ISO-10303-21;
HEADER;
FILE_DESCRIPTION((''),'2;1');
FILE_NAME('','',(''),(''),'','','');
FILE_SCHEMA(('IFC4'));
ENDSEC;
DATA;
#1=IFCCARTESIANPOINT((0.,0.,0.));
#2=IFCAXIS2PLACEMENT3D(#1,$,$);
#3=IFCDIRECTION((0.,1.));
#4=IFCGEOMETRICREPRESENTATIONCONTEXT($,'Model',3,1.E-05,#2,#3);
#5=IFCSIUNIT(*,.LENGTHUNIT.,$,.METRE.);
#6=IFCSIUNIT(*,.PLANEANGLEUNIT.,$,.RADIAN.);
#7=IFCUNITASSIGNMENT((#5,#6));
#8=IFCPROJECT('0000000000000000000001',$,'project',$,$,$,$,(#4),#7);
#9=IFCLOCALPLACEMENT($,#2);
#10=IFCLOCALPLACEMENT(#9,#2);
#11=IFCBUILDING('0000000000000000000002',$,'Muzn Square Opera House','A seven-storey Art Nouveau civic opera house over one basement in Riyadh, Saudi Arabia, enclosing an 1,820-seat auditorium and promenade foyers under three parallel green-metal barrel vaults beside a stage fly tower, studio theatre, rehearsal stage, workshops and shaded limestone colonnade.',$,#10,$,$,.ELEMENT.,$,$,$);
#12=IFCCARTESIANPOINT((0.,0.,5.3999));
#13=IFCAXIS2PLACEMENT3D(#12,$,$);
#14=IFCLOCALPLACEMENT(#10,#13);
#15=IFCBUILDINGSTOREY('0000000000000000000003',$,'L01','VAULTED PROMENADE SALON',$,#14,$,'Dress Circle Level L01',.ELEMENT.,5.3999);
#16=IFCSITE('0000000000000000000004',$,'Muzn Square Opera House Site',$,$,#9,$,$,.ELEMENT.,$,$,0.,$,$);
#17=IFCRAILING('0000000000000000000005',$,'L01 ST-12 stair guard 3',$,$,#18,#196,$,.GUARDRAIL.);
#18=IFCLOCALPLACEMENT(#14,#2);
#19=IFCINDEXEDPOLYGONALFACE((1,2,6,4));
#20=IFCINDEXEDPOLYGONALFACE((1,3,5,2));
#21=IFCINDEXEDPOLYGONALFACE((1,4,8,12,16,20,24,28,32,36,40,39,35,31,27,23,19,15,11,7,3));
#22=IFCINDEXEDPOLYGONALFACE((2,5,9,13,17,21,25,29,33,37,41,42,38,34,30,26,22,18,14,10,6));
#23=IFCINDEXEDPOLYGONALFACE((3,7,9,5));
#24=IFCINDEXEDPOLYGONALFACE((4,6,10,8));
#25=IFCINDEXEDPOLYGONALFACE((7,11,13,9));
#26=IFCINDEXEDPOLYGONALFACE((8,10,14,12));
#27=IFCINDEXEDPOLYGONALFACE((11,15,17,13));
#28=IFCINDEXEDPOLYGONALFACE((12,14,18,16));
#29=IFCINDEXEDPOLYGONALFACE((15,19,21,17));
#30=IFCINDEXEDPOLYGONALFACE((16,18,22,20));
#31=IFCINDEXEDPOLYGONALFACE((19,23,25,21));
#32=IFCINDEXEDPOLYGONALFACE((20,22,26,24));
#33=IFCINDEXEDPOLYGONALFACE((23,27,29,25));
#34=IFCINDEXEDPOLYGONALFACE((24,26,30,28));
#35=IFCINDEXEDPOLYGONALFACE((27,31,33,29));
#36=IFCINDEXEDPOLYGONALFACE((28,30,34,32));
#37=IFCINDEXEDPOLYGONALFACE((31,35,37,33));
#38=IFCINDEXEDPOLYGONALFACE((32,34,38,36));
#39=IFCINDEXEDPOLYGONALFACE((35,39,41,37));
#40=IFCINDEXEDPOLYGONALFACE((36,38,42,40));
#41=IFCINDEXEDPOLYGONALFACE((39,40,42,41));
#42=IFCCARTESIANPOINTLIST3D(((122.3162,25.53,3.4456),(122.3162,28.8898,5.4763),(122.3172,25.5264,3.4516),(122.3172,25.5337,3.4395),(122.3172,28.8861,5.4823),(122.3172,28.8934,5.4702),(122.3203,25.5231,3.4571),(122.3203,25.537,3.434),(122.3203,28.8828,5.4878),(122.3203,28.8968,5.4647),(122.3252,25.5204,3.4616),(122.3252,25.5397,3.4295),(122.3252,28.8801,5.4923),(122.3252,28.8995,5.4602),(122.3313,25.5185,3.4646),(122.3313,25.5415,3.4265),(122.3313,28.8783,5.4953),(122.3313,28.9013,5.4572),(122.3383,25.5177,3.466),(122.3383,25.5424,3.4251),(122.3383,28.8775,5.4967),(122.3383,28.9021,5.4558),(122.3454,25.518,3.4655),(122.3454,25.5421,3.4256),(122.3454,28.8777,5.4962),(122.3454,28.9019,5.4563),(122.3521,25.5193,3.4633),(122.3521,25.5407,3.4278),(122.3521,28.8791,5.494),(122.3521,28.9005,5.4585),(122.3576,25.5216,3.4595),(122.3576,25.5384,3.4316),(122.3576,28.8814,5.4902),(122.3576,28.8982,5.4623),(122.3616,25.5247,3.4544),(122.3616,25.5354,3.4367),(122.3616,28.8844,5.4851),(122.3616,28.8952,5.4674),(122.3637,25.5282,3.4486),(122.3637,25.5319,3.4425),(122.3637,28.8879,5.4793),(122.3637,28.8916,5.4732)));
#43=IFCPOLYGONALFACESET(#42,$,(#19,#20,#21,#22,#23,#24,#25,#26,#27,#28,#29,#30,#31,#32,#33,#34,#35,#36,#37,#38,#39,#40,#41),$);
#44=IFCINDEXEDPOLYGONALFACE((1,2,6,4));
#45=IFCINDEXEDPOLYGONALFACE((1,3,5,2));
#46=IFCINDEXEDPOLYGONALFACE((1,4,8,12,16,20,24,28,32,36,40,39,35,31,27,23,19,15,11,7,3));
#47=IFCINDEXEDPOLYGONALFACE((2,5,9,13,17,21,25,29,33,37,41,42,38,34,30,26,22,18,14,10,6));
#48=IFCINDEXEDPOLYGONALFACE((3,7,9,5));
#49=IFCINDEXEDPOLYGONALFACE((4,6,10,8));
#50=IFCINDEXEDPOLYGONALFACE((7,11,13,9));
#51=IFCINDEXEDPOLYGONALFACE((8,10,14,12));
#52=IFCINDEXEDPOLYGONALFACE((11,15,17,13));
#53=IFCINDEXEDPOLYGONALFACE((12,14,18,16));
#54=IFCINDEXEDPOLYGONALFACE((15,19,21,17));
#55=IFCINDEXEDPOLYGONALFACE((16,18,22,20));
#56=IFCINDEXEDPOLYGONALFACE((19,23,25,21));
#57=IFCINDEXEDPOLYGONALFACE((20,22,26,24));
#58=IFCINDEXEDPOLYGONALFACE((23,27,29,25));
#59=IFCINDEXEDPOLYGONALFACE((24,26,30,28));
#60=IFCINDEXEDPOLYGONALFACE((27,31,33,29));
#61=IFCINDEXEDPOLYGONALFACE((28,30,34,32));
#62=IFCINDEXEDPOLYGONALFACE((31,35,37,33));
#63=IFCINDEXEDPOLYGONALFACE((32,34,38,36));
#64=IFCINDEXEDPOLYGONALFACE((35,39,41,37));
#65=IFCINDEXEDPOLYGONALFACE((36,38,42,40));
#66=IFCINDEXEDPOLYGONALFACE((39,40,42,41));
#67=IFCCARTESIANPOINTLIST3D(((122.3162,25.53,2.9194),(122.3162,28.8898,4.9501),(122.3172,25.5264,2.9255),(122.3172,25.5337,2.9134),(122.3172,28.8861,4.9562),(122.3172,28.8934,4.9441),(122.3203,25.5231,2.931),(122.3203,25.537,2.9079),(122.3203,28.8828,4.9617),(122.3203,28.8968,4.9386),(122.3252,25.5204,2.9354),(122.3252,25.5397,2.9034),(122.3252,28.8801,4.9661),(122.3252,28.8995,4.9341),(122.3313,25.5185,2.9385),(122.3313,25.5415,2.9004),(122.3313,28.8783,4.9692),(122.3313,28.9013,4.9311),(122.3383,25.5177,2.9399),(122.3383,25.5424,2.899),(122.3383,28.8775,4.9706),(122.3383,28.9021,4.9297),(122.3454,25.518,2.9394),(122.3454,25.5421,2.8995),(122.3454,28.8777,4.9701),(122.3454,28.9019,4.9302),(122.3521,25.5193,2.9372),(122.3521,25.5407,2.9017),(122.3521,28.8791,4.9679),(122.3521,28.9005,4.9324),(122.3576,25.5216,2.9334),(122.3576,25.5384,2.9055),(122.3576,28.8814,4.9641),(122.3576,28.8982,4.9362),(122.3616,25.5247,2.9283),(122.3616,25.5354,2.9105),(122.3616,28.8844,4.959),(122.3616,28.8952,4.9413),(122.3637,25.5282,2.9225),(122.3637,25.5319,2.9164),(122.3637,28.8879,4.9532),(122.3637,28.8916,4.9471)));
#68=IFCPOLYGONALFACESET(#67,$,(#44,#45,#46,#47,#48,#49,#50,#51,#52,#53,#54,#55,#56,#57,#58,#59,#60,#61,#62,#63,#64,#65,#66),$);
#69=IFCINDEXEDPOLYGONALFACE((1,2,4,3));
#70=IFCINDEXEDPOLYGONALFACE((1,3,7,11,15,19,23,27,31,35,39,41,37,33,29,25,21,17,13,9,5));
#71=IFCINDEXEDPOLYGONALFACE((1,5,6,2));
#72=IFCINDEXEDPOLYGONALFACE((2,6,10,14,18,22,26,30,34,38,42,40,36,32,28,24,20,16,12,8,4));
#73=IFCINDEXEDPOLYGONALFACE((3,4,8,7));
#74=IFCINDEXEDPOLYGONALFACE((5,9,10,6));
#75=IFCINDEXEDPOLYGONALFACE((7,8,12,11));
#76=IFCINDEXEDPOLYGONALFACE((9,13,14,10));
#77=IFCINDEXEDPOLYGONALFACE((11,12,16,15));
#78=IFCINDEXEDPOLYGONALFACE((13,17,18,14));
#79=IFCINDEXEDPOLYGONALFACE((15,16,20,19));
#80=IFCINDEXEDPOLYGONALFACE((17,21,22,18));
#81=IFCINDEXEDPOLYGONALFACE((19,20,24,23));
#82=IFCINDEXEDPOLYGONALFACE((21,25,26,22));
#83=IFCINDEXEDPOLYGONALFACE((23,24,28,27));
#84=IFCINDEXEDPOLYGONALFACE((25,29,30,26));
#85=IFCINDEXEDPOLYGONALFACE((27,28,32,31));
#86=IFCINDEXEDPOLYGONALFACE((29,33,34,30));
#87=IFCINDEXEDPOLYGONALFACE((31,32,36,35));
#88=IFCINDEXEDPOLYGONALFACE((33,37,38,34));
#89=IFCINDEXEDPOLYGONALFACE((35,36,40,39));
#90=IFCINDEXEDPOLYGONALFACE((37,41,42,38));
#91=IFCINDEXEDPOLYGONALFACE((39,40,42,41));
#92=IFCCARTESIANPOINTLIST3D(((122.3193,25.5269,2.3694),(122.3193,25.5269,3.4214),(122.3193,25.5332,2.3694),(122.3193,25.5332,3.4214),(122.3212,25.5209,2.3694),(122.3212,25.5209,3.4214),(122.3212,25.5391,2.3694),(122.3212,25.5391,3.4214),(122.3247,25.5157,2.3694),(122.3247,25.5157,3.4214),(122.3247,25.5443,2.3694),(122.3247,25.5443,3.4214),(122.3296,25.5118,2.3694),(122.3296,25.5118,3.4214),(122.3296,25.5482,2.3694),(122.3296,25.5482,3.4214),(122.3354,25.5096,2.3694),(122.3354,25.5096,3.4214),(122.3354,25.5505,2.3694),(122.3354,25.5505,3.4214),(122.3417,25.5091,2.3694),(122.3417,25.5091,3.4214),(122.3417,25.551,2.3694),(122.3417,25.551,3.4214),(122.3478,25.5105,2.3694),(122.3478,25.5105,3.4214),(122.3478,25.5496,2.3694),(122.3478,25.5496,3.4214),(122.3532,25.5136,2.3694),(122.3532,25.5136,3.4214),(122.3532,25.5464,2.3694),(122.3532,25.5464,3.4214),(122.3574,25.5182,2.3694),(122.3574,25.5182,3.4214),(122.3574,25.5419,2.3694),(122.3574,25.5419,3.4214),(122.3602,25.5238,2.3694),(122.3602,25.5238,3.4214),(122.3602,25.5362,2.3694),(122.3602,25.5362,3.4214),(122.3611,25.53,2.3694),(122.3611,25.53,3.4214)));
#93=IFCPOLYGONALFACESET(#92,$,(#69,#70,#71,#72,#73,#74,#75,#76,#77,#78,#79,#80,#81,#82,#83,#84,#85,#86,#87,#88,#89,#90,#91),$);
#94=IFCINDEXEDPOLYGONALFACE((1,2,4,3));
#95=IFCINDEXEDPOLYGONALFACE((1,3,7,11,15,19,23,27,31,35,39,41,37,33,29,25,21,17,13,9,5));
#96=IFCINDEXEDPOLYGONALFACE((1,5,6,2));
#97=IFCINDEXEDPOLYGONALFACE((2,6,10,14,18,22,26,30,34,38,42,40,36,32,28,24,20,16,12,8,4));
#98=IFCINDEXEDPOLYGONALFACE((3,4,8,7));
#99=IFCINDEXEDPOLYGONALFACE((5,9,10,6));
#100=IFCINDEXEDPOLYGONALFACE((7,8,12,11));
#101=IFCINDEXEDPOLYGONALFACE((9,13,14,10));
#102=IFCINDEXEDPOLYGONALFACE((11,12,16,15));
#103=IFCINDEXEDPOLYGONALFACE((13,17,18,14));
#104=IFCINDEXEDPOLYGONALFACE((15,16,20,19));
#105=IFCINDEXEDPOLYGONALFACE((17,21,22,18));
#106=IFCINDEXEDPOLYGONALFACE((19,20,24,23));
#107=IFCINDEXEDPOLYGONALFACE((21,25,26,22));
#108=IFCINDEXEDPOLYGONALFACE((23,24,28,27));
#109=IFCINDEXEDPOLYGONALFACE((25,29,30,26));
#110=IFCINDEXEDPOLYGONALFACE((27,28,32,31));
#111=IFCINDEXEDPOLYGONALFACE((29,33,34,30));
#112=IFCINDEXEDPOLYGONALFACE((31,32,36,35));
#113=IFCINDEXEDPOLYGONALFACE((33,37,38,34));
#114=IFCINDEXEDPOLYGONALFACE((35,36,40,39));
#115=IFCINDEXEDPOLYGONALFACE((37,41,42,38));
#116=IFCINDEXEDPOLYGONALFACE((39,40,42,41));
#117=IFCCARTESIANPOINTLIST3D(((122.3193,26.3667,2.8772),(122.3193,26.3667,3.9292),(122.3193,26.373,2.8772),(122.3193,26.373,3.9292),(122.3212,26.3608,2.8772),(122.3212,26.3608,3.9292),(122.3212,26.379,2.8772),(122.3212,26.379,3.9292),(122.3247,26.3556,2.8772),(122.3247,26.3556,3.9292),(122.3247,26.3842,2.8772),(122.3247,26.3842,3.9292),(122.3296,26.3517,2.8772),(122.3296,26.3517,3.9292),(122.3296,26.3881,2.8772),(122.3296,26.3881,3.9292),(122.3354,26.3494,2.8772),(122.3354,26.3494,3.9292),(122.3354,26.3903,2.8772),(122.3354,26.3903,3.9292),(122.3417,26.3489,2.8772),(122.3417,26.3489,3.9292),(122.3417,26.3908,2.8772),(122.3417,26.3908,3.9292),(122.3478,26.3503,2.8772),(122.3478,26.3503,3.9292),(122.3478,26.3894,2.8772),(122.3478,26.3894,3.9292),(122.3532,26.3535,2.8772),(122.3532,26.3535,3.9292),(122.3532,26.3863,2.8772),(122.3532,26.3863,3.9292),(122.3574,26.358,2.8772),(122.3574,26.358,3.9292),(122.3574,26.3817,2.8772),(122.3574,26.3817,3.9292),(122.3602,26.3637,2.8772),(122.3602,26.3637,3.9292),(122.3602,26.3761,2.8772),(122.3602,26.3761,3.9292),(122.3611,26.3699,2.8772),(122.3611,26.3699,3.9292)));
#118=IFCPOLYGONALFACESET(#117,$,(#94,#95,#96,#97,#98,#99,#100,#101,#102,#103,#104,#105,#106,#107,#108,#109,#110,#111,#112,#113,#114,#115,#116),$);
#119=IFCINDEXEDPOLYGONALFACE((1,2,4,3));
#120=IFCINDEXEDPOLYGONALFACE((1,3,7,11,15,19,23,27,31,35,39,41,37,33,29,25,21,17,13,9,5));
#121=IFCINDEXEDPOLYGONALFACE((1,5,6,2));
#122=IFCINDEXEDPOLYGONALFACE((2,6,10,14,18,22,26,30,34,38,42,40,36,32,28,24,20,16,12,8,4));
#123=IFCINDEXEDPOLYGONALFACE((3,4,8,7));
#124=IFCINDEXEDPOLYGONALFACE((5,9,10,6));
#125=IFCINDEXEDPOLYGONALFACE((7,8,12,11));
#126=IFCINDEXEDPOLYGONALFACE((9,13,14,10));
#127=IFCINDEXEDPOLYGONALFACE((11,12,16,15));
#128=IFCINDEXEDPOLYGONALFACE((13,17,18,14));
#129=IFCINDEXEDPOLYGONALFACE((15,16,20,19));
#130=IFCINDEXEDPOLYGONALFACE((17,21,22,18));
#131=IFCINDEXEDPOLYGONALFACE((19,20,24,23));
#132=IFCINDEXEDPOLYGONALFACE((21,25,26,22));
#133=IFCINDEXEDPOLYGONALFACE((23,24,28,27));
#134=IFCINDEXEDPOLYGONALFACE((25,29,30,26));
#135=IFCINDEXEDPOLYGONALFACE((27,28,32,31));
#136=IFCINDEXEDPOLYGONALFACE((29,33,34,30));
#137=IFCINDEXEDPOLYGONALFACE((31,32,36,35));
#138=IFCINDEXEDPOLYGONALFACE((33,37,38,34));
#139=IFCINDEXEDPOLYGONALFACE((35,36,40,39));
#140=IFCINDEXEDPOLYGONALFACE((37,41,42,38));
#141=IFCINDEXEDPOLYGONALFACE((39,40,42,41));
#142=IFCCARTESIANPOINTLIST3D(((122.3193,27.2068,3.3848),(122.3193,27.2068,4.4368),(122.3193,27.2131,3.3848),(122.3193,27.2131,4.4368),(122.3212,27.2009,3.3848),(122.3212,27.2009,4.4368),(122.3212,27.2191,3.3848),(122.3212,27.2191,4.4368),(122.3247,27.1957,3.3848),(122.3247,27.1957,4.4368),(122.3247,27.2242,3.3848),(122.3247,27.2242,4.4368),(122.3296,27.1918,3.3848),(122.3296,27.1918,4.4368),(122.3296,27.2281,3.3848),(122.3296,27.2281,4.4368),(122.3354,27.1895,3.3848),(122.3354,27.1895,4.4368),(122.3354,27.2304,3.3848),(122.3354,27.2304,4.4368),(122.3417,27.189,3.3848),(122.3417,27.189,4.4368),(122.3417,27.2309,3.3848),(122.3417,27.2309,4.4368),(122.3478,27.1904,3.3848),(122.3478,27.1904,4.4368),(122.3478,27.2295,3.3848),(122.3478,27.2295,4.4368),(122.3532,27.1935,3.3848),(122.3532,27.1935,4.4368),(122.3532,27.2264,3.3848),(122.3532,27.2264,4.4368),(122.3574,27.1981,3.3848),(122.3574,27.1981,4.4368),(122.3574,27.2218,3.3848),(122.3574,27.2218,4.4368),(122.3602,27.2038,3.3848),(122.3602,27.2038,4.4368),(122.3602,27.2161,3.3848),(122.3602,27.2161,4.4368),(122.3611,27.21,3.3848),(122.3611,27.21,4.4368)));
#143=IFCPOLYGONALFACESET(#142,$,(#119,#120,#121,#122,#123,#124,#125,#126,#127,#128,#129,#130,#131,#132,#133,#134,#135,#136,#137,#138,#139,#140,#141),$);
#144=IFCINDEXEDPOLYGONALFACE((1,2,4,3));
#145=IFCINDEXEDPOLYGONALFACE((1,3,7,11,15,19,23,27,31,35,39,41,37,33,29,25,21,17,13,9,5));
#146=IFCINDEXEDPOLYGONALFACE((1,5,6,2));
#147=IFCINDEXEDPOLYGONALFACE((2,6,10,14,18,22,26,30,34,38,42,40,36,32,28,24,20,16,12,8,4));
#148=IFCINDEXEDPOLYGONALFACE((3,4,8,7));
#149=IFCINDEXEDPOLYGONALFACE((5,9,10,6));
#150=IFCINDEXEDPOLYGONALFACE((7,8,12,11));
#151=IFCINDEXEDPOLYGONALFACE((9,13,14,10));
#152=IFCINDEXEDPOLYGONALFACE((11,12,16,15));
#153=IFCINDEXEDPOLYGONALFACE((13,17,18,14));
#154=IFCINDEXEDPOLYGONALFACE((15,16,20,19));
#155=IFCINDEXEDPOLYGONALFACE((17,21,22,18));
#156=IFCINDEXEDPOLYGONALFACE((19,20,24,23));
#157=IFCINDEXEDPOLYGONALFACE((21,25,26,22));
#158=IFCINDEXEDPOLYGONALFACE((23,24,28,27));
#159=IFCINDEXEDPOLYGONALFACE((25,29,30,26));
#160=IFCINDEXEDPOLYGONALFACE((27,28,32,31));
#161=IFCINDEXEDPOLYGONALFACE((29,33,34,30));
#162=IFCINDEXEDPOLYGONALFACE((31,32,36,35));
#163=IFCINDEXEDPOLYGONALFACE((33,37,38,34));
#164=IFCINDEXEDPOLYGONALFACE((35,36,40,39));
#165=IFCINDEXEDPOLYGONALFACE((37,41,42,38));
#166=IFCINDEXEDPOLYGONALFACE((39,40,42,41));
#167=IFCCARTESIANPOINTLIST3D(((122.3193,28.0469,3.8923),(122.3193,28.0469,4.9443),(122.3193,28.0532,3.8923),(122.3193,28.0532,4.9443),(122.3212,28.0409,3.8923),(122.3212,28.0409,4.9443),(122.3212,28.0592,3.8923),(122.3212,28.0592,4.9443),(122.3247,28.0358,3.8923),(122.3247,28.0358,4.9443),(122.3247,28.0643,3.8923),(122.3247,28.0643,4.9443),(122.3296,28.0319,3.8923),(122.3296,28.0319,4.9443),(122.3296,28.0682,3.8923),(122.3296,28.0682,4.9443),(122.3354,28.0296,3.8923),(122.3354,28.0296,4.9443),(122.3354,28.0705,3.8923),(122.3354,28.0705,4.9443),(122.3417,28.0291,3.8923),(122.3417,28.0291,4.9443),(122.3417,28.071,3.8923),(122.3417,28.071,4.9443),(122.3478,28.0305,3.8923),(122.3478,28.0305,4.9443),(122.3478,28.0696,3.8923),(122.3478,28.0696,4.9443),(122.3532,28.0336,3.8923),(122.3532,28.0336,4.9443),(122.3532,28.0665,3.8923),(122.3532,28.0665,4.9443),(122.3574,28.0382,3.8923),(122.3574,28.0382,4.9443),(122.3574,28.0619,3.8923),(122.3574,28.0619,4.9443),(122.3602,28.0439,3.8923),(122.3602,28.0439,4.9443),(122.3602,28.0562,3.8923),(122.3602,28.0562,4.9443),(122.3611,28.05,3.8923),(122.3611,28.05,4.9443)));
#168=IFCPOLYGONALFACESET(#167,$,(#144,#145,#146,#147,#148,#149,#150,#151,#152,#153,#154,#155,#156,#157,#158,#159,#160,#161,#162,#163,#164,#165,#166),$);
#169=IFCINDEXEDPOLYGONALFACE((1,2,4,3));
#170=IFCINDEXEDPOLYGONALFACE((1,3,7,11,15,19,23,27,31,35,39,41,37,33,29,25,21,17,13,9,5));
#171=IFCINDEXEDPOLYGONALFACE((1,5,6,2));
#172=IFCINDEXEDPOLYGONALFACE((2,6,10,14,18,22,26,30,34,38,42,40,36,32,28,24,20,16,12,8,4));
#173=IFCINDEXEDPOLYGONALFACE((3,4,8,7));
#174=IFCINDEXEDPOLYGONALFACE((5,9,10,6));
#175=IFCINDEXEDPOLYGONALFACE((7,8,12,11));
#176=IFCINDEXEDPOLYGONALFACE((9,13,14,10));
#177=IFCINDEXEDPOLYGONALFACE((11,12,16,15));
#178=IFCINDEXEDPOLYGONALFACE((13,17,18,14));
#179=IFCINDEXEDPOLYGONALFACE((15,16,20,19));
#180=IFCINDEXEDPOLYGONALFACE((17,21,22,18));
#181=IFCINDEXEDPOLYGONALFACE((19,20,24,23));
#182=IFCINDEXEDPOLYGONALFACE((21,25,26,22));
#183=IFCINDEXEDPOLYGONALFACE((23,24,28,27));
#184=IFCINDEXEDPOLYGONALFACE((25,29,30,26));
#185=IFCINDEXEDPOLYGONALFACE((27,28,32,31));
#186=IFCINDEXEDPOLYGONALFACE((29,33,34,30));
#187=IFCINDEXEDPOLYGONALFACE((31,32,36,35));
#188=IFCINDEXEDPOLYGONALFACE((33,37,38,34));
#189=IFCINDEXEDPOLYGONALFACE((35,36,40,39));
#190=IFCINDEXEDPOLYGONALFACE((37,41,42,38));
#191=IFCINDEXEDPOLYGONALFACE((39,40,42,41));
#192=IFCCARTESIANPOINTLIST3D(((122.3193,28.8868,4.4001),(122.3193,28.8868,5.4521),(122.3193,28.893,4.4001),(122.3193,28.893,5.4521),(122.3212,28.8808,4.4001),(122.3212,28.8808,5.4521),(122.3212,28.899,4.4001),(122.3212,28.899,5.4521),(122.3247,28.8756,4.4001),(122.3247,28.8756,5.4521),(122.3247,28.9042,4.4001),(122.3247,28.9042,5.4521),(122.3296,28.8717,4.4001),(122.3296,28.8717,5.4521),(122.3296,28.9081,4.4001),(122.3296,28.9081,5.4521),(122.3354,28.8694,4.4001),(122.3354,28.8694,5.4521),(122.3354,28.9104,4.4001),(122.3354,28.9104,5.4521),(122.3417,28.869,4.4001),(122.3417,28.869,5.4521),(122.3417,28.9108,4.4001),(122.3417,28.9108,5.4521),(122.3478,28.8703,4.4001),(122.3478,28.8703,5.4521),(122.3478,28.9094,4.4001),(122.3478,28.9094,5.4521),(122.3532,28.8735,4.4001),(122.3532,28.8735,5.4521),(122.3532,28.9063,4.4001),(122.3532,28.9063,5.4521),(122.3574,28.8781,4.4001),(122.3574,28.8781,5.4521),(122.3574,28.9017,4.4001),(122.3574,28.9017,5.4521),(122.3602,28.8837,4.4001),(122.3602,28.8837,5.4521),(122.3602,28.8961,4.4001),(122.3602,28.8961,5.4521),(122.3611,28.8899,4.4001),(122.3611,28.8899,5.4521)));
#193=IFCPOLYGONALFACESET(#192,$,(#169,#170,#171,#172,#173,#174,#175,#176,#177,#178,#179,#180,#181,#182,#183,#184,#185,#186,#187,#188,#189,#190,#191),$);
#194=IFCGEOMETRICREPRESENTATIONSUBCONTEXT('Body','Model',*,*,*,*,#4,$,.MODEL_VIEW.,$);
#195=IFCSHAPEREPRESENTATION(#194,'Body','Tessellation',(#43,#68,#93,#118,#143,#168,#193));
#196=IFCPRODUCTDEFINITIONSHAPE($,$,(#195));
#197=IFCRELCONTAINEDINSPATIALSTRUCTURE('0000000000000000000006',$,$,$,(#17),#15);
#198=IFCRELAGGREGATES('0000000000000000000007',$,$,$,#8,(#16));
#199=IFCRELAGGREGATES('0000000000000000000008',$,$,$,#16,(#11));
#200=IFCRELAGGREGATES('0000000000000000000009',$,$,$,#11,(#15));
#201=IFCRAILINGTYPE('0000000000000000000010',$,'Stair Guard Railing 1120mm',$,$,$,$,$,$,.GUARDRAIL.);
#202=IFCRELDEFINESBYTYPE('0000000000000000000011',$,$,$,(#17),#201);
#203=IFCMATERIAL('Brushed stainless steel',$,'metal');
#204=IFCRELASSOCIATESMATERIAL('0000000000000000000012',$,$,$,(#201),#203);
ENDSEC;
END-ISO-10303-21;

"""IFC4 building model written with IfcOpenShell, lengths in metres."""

from ifc_helpers import new_model, si_unit, direction, frame, origin, origin_2d, place, context, subcontext, project, spatial, circle, extrude, material, type_object, element, save


model = new_model("IFC4")

# Units and contexts
model_context = context("Model", 3, precision=1e-05, world=origin(), true_north=direction((0.0, 1.0)))
body_context = subcontext(model_context, "Body", "Model", "MODEL_VIEW")
ifc_project = project(units=[si_unit("LENGTHUNIT", "METRE"), si_unit("PLANEANGLEUNIT", "RADIAN")], contexts=[model_context])

# Site, building, storey
site_placement = place(None, origin())
site = spatial("IfcSite", under=ifc_project, at=site_placement, Name="Muzn Square Opera House Site", CompositionType="ELEMENT", RefElevation=0.0)
building_placement = place(site_placement, origin())
building = spatial("IfcBuilding", under=site, at=building_placement, Name="Muzn Square Opera House", Description="A seven-storey Art Nouveau civic opera house over one basement in Riyadh, Saudi Arabia, enclosing an 1,820-seat auditorium and promenade foyers under three parallel green-metal barrel vaults beside a stage fly tower, studio theatre, rehearsal stage, workshops and shaded limestone colonnade.", CompositionType="ELEMENT")
storey_placement = place(building_placement, frame((0.0, 0.0, 5.3999)))
storey = spatial("IfcBuildingStorey", under=building, at=storey_placement, Name="L01", Description="VAULTED PROMENADE SALON", LongName="Dress Circle Level L01", CompositionType="ELEMENT", Elevation=5.3999)

# Shared definitions
ifc_material_1 = material(Name="Brushed stainless steel", Category="metal")

# Railing
railing_type_1 = type_object("IfcRailingType", Name="Stair Guard Railing 1120mm", PredefinedType="GUARDRAIL", material=ifc_material_1)
railing_1_placement = place(storey_placement, frame((122.3401, 25.53, 2.3694)))
element("IfcRailing", 1, at=railing_1_placement, inside=storey, type_object=railing_type_1, Name="L01 ST-12 stair guard 3", PredefinedType="GUARDRAIL", context=body_context, shape_type="SweptSolid", body=[
    extrude(circle(Radius=0.0239, at=origin_2d()), frame((0.0, 0.0, 1.0762), z_axis=(0.0, 0.85582, 0.517273), x_axis=(-1.0, 0.0, 0.0)), (0.0, 0.0, 1.0), 3.9258),
    extrude(circle(Radius=0.0239, at=origin_2d()), frame((0.0, 0.0, 0.55), z_axis=(0.0, 0.85582, 0.517273), x_axis=(-1.0, 0.0, 0.0)), (0.0, 0.0, 1.0), 3.9258),
    extrude(circle(Radius=0.021, at=origin_2d()), origin(), (0.0, 0.0, 1.0), 1.052),
    extrude(circle(Radius=0.021, at=origin_2d()), frame((0.0, 0.8398, 0.5078)), (0.0, 0.0, 1.0), 1.052),
    extrude(circle(Radius=0.021, at=origin_2d()), frame((0.0, 1.6799, 1.0154)), (0.0, 0.0, 1.0), 1.052),
    extrude(circle(Radius=0.021, at=origin_2d()), frame((0.0, 2.52, 1.5229)), (0.0, 0.0, 1.0), 1.052),
    extrude(circle(Radius=0.021, at=origin_2d()), frame((0.0, 3.3599, 2.0308)), (0.0, 0.0, 1.0), 1.052),
])

save(model, "model.ifc")
